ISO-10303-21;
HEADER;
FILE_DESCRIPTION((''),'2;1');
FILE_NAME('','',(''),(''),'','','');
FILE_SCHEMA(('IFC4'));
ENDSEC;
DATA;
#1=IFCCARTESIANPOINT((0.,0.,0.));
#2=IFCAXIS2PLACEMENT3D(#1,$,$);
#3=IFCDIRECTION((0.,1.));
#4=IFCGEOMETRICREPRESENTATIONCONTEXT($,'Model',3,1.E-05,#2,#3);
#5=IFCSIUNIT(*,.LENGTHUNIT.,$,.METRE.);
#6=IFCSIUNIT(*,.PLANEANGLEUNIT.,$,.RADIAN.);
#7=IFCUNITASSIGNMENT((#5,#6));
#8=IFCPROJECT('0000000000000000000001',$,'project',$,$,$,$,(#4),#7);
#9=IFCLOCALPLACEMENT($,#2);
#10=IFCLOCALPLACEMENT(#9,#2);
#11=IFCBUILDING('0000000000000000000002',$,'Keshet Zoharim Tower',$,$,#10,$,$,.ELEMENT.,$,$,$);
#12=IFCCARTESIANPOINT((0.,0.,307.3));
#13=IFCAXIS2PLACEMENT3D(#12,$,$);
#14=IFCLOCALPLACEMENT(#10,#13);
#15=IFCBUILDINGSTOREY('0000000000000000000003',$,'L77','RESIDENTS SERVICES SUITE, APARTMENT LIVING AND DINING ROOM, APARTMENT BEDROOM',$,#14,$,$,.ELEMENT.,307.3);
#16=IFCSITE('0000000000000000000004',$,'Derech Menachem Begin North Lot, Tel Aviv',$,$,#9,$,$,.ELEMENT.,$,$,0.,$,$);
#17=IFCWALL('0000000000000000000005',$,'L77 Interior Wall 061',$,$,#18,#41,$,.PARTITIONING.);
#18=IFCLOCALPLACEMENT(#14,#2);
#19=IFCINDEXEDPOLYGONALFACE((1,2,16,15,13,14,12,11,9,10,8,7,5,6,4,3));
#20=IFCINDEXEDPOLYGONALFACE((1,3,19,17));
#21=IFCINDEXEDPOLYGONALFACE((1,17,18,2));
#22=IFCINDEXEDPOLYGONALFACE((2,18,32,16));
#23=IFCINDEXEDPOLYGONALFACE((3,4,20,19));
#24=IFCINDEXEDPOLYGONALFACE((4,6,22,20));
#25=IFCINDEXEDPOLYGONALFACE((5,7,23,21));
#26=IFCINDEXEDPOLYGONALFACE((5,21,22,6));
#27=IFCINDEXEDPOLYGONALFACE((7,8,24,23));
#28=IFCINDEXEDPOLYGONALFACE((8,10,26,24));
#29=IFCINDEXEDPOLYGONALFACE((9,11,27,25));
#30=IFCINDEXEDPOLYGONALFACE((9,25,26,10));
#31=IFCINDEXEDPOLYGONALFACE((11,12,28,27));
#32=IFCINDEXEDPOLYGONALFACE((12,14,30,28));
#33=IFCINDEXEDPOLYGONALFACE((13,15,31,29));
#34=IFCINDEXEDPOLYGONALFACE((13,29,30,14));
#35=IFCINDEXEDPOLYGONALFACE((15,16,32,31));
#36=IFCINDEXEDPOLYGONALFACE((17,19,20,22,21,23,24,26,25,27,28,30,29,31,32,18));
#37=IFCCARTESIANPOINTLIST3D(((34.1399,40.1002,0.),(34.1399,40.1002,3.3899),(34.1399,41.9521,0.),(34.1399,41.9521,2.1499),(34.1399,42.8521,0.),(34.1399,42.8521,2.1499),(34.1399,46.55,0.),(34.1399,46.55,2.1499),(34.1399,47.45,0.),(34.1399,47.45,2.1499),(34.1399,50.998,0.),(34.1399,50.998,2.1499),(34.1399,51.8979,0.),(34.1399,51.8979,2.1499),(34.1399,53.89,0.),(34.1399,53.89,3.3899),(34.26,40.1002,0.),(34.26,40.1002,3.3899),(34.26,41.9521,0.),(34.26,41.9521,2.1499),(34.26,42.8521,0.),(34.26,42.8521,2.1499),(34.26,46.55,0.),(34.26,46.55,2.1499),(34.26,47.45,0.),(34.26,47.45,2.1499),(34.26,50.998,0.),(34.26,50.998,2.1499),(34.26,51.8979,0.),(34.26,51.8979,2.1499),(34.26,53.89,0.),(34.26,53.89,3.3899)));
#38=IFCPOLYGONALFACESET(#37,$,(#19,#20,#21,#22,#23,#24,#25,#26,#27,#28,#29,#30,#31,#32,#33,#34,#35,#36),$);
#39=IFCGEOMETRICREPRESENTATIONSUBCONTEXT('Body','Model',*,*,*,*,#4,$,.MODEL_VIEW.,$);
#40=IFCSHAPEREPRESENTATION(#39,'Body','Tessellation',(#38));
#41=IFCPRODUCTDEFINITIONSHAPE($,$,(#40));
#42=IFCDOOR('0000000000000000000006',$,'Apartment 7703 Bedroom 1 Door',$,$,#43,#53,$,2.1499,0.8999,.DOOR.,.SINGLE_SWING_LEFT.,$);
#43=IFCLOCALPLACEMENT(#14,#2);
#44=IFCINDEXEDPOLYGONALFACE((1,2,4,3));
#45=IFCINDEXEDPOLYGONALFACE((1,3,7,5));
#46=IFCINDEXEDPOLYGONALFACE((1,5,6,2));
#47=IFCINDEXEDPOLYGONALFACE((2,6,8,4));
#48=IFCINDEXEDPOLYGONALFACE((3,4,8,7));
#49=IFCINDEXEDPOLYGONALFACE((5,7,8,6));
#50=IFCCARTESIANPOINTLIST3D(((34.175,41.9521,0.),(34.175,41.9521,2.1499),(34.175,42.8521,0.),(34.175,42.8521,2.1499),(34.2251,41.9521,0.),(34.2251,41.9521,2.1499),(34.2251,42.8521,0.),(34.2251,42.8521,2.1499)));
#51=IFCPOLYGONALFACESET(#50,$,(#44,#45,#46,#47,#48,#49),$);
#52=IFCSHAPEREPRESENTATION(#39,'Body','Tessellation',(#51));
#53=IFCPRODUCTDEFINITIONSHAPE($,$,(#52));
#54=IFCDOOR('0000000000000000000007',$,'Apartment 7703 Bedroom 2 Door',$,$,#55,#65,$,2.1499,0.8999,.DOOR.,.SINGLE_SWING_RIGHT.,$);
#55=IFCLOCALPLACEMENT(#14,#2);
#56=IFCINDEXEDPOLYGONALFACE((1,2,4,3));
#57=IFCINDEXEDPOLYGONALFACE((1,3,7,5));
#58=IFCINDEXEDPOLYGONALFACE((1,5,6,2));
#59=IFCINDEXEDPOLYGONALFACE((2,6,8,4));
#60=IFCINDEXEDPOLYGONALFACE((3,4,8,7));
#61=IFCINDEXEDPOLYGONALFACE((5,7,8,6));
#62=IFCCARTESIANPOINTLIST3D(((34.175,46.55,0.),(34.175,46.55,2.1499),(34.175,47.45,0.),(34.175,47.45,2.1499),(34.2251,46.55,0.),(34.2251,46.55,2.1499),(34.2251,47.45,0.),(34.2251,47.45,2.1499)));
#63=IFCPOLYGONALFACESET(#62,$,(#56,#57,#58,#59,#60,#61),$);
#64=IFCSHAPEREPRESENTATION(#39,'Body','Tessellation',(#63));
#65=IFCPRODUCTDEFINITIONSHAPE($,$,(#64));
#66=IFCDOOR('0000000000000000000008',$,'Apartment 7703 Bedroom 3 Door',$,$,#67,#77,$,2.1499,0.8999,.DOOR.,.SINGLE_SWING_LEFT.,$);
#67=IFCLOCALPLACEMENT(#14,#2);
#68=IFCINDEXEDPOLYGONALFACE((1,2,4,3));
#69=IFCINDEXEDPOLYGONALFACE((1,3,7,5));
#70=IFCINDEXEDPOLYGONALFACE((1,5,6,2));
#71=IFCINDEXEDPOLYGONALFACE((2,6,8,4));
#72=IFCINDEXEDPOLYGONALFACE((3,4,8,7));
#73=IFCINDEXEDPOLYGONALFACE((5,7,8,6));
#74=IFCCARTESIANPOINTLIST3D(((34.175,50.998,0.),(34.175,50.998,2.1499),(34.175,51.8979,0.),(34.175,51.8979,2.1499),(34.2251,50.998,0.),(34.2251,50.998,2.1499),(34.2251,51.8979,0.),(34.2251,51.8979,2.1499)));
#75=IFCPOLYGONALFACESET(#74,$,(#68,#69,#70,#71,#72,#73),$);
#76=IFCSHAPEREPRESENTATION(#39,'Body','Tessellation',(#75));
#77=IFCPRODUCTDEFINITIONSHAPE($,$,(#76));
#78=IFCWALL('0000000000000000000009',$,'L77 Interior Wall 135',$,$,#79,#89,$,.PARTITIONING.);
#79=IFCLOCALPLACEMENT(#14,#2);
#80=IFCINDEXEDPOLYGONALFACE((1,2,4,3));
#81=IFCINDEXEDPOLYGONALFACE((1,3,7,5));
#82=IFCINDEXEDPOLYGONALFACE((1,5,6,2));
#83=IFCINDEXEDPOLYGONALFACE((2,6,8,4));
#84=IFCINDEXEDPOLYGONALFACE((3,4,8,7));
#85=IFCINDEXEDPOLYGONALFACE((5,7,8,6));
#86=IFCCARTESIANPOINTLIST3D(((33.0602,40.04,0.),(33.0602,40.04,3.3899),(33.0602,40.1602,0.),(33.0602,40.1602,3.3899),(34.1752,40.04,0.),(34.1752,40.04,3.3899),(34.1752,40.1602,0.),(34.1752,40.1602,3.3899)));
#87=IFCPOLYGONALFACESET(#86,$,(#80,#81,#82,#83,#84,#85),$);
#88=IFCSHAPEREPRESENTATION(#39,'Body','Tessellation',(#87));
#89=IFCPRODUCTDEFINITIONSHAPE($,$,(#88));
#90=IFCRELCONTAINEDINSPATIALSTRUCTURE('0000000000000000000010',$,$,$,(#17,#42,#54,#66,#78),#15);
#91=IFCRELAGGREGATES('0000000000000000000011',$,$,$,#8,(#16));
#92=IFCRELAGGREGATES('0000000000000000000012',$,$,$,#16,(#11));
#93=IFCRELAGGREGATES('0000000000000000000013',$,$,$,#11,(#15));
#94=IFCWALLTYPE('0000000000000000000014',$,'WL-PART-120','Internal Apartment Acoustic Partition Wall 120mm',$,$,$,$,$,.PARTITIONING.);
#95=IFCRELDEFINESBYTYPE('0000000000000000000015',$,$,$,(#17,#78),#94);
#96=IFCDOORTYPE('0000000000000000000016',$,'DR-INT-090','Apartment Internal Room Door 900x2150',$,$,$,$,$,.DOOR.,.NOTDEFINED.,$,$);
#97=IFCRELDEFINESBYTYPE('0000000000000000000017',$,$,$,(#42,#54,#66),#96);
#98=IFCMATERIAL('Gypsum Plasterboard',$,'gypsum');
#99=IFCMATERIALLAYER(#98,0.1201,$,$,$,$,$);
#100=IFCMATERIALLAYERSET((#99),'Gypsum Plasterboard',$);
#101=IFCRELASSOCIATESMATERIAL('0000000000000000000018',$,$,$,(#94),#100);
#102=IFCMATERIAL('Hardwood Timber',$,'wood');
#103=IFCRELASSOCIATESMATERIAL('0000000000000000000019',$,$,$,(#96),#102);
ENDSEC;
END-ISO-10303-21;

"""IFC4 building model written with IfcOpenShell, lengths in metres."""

from ifc_helpers import new_model, si_unit, direction, frame, frame_2d, origin, place, context, subcontext, project, spatial, rectangle, extrude, material, layer, layer_set, type_object, element, fill, save


model = new_model("IFC4")

# Units and contexts
model_context = context("Model", 3, precision=1e-05, world=origin(), true_north=direction((0.0, 1.0)))
body_context = subcontext(model_context, "Body", "Model", "MODEL_VIEW")
ifc_project = project(units=[si_unit("LENGTHUNIT", "METRE"), si_unit("PLANEANGLEUNIT", "RADIAN")], contexts=[model_context])

# Site, building, storey
site_placement = place(None, origin())
site = spatial("IfcSite", under=ifc_project, at=site_placement, Name="Derech Menachem Begin North Lot, Tel Aviv", CompositionType="ELEMENT", RefElevation=0.0)
building_placement = place(site_placement, origin())
building = spatial("IfcBuilding", under=site, at=building_placement, Name="Keshet Zoharim Tower", CompositionType="ELEMENT")
storey_placement = place(building_placement, frame((0.0, 0.0, 307.3)))
storey = spatial("IfcBuildingStorey", under=building, at=storey_placement, Name="L77", Description="RESIDENTS SERVICES SUITE, APARTMENT LIVING AND DINING ROOM, APARTMENT BEDROOM", CompositionType="ELEMENT", Elevation=307.3)

# Shared definitions
ifc_material_1 = material(Name="Gypsum Plasterboard", Category="gypsum")

# Shared definitions
ifc_material_2 = material(Name="Hardwood Timber", Category="wood")

# Shared definitions
ifc_layer_1 = layer(ifc_material_1, 0.1201)
ifc_layer_set_1 = layer_set([ifc_layer_1], Name="Gypsum Plasterboard")
wall_type_1 = type_object("IfcWallType", Name="WL-PART-120", Description="Internal Apartment Acoustic Partition Wall 120mm", PredefinedType="PARTITIONING", material=ifc_layer_set_1)
door_type_1 = type_object("IfcDoorType", Name="DR-INT-090", Description="Apartment Internal Room Door 900x2150", OperationType="NOTDEFINED", PredefinedType="DOOR", material=ifc_material_2)

# Wall, openings, doors
wall_1_placement = place(storey_placement, frame((34.2, 40.1001, 0.0), z_axis=(0.0, 0.0, 1.0), x_axis=(0.0, 1.0, 0.0)))
wall_1 = element("IfcWall", 1, at=wall_1_placement, inside=storey, type_object=wall_type_1, Name="L77 Interior Wall 061", PredefinedType="PARTITIONING", context=body_context, shape_type="SweptSolid", body=[
    extrude(rectangle(XDim=13.7898, YDim=0.1201, at=frame_2d((6.895, 0.0))), origin(), (0.0, 0.0, 1.0), 3.3899),
])
opening_1_placement = place(wall_1_placement, frame((1.8521, 0.0, 0.0)))
opening_1 = element("IfcOpeningElement", 2, at=opening_1_placement, cuts=wall_1, PredefinedType="OPENING", context=body_context, shape_type="SweptSolid", body=[
    extrude(rectangle(XDim=0.8999, YDim=2.1499, at=frame_2d((0.45, 1.075))), frame((0.0, 0.0701, 0.0), z_axis=(0.0, -1.0, 0.0), x_axis=(1.0, 0.0, 0.0)), (0.0, 0.0, 1.0), 0.1401),
])
opening_2_placement = place(wall_1_placement, frame((6.45, 0.0, 0.0)))
opening_2 = element("IfcOpeningElement", 3, at=opening_2_placement, cuts=wall_1, PredefinedType="OPENING", context=body_context, shape_type="SweptSolid", body=[
    extrude(rectangle(XDim=0.8999, YDim=2.1499, at=frame_2d((0.45, 1.075))), frame((0.0, 0.0701, 0.0), z_axis=(0.0, -1.0, 0.0), x_axis=(1.0, 0.0, 0.0)), (0.0, 0.0, 1.0), 0.1401),
])
opening_3_placement = place(wall_1_placement, frame((10.8979, 0.0, 0.0)))
opening_3 = element("IfcOpeningElement", 4, at=opening_3_placement, cuts=wall_1, PredefinedType="OPENING", context=body_context, shape_type="SweptSolid", body=[
    extrude(rectangle(XDim=0.8999, YDim=2.1499, at=frame_2d((0.45, 1.075))), frame((0.0, 0.0701, 0.0), z_axis=(0.0, -1.0, 0.0), x_axis=(1.0, 0.0, 0.0)), (0.0, 0.0, 1.0), 0.1401),
])
door_1_placement = place(opening_1_placement, origin())
door_1 = element("IfcDoor", 5, at=door_1_placement, inside=storey, type_object=door_type_1, Name="Apartment 7703 Bedroom 1 Door", OperationType="SINGLE_SWING_LEFT", OverallHeight=2.1499, OverallWidth=0.8999, PredefinedType="DOOR", context=body_context, shape_type="SweptSolid", body=[
    extrude(rectangle(XDim=0.8999, YDim=2.1499, at=frame_2d((0.45, 1.075))), frame((0.0, 0.0249, 0.0), z_axis=(0.0, -1.0, 0.0), x_axis=(1.0, 0.0, 0.0)), (0.0, 0.0, 1.0), 0.05),
])
fill(opening_1, door_1)
door_2_placement = place(opening_2_placement, origin())
door_2 = element("IfcDoor", 6, at=door_2_placement, inside=storey, type_object=door_type_1, Name="Apartment 7703 Bedroom 2 Door", OperationType="SINGLE_SWING_RIGHT", OverallHeight=2.1499, OverallWidth=0.8999, PredefinedType="DOOR", context=body_context, shape_type="SweptSolid", body=[
    extrude(rectangle(XDim=0.8999, YDim=2.1499, at=frame_2d((0.45, 1.075))), frame((0.0, 0.0249, 0.0), z_axis=(0.0, -1.0, 0.0), x_axis=(1.0, 0.0, 0.0)), (0.0, 0.0, 1.0), 0.05),
])
fill(opening_2, door_2)
door_3_placement = place(opening_3_placement, origin())
door_3 = element("IfcDoor", 7, at=door_3_placement, inside=storey, type_object=door_type_1, Name="Apartment 7703 Bedroom 3 Door", OperationType="SINGLE_SWING_LEFT", OverallHeight=2.1499, OverallWidth=0.8999, PredefinedType="DOOR", context=body_context, shape_type="SweptSolid", body=[
    extrude(rectangle(XDim=0.8999, YDim=2.1499, at=frame_2d((0.45, 1.075))), frame((0.0, 0.0249, 0.0), z_axis=(0.0, -1.0, 0.0), x_axis=(1.0, 0.0, 0.0)), (0.0, 0.0, 1.0), 0.05),
])
fill(opening_3, door_3)

# Wall
wall_2_placement = place(storey_placement, frame((33.0601, 40.1001, 0.0), z_axis=(0.0, 0.0, 1.0), x_axis=(1.0, 0.0, 0.0)))
element("IfcWall", 8, at=wall_2_placement, inside=storey, type_object=wall_type_1, Name="L77 Interior Wall 135", PredefinedType="PARTITIONING", context=body_context, shape_type="SweptSolid", body=[
    extrude(rectangle(XDim=1.115, YDim=0.1201, at=frame_2d((0.5576, 0.0))), origin(), (0.0, 0.0, 1.0), 3.3899),
])

save(model, "model.ifc")
